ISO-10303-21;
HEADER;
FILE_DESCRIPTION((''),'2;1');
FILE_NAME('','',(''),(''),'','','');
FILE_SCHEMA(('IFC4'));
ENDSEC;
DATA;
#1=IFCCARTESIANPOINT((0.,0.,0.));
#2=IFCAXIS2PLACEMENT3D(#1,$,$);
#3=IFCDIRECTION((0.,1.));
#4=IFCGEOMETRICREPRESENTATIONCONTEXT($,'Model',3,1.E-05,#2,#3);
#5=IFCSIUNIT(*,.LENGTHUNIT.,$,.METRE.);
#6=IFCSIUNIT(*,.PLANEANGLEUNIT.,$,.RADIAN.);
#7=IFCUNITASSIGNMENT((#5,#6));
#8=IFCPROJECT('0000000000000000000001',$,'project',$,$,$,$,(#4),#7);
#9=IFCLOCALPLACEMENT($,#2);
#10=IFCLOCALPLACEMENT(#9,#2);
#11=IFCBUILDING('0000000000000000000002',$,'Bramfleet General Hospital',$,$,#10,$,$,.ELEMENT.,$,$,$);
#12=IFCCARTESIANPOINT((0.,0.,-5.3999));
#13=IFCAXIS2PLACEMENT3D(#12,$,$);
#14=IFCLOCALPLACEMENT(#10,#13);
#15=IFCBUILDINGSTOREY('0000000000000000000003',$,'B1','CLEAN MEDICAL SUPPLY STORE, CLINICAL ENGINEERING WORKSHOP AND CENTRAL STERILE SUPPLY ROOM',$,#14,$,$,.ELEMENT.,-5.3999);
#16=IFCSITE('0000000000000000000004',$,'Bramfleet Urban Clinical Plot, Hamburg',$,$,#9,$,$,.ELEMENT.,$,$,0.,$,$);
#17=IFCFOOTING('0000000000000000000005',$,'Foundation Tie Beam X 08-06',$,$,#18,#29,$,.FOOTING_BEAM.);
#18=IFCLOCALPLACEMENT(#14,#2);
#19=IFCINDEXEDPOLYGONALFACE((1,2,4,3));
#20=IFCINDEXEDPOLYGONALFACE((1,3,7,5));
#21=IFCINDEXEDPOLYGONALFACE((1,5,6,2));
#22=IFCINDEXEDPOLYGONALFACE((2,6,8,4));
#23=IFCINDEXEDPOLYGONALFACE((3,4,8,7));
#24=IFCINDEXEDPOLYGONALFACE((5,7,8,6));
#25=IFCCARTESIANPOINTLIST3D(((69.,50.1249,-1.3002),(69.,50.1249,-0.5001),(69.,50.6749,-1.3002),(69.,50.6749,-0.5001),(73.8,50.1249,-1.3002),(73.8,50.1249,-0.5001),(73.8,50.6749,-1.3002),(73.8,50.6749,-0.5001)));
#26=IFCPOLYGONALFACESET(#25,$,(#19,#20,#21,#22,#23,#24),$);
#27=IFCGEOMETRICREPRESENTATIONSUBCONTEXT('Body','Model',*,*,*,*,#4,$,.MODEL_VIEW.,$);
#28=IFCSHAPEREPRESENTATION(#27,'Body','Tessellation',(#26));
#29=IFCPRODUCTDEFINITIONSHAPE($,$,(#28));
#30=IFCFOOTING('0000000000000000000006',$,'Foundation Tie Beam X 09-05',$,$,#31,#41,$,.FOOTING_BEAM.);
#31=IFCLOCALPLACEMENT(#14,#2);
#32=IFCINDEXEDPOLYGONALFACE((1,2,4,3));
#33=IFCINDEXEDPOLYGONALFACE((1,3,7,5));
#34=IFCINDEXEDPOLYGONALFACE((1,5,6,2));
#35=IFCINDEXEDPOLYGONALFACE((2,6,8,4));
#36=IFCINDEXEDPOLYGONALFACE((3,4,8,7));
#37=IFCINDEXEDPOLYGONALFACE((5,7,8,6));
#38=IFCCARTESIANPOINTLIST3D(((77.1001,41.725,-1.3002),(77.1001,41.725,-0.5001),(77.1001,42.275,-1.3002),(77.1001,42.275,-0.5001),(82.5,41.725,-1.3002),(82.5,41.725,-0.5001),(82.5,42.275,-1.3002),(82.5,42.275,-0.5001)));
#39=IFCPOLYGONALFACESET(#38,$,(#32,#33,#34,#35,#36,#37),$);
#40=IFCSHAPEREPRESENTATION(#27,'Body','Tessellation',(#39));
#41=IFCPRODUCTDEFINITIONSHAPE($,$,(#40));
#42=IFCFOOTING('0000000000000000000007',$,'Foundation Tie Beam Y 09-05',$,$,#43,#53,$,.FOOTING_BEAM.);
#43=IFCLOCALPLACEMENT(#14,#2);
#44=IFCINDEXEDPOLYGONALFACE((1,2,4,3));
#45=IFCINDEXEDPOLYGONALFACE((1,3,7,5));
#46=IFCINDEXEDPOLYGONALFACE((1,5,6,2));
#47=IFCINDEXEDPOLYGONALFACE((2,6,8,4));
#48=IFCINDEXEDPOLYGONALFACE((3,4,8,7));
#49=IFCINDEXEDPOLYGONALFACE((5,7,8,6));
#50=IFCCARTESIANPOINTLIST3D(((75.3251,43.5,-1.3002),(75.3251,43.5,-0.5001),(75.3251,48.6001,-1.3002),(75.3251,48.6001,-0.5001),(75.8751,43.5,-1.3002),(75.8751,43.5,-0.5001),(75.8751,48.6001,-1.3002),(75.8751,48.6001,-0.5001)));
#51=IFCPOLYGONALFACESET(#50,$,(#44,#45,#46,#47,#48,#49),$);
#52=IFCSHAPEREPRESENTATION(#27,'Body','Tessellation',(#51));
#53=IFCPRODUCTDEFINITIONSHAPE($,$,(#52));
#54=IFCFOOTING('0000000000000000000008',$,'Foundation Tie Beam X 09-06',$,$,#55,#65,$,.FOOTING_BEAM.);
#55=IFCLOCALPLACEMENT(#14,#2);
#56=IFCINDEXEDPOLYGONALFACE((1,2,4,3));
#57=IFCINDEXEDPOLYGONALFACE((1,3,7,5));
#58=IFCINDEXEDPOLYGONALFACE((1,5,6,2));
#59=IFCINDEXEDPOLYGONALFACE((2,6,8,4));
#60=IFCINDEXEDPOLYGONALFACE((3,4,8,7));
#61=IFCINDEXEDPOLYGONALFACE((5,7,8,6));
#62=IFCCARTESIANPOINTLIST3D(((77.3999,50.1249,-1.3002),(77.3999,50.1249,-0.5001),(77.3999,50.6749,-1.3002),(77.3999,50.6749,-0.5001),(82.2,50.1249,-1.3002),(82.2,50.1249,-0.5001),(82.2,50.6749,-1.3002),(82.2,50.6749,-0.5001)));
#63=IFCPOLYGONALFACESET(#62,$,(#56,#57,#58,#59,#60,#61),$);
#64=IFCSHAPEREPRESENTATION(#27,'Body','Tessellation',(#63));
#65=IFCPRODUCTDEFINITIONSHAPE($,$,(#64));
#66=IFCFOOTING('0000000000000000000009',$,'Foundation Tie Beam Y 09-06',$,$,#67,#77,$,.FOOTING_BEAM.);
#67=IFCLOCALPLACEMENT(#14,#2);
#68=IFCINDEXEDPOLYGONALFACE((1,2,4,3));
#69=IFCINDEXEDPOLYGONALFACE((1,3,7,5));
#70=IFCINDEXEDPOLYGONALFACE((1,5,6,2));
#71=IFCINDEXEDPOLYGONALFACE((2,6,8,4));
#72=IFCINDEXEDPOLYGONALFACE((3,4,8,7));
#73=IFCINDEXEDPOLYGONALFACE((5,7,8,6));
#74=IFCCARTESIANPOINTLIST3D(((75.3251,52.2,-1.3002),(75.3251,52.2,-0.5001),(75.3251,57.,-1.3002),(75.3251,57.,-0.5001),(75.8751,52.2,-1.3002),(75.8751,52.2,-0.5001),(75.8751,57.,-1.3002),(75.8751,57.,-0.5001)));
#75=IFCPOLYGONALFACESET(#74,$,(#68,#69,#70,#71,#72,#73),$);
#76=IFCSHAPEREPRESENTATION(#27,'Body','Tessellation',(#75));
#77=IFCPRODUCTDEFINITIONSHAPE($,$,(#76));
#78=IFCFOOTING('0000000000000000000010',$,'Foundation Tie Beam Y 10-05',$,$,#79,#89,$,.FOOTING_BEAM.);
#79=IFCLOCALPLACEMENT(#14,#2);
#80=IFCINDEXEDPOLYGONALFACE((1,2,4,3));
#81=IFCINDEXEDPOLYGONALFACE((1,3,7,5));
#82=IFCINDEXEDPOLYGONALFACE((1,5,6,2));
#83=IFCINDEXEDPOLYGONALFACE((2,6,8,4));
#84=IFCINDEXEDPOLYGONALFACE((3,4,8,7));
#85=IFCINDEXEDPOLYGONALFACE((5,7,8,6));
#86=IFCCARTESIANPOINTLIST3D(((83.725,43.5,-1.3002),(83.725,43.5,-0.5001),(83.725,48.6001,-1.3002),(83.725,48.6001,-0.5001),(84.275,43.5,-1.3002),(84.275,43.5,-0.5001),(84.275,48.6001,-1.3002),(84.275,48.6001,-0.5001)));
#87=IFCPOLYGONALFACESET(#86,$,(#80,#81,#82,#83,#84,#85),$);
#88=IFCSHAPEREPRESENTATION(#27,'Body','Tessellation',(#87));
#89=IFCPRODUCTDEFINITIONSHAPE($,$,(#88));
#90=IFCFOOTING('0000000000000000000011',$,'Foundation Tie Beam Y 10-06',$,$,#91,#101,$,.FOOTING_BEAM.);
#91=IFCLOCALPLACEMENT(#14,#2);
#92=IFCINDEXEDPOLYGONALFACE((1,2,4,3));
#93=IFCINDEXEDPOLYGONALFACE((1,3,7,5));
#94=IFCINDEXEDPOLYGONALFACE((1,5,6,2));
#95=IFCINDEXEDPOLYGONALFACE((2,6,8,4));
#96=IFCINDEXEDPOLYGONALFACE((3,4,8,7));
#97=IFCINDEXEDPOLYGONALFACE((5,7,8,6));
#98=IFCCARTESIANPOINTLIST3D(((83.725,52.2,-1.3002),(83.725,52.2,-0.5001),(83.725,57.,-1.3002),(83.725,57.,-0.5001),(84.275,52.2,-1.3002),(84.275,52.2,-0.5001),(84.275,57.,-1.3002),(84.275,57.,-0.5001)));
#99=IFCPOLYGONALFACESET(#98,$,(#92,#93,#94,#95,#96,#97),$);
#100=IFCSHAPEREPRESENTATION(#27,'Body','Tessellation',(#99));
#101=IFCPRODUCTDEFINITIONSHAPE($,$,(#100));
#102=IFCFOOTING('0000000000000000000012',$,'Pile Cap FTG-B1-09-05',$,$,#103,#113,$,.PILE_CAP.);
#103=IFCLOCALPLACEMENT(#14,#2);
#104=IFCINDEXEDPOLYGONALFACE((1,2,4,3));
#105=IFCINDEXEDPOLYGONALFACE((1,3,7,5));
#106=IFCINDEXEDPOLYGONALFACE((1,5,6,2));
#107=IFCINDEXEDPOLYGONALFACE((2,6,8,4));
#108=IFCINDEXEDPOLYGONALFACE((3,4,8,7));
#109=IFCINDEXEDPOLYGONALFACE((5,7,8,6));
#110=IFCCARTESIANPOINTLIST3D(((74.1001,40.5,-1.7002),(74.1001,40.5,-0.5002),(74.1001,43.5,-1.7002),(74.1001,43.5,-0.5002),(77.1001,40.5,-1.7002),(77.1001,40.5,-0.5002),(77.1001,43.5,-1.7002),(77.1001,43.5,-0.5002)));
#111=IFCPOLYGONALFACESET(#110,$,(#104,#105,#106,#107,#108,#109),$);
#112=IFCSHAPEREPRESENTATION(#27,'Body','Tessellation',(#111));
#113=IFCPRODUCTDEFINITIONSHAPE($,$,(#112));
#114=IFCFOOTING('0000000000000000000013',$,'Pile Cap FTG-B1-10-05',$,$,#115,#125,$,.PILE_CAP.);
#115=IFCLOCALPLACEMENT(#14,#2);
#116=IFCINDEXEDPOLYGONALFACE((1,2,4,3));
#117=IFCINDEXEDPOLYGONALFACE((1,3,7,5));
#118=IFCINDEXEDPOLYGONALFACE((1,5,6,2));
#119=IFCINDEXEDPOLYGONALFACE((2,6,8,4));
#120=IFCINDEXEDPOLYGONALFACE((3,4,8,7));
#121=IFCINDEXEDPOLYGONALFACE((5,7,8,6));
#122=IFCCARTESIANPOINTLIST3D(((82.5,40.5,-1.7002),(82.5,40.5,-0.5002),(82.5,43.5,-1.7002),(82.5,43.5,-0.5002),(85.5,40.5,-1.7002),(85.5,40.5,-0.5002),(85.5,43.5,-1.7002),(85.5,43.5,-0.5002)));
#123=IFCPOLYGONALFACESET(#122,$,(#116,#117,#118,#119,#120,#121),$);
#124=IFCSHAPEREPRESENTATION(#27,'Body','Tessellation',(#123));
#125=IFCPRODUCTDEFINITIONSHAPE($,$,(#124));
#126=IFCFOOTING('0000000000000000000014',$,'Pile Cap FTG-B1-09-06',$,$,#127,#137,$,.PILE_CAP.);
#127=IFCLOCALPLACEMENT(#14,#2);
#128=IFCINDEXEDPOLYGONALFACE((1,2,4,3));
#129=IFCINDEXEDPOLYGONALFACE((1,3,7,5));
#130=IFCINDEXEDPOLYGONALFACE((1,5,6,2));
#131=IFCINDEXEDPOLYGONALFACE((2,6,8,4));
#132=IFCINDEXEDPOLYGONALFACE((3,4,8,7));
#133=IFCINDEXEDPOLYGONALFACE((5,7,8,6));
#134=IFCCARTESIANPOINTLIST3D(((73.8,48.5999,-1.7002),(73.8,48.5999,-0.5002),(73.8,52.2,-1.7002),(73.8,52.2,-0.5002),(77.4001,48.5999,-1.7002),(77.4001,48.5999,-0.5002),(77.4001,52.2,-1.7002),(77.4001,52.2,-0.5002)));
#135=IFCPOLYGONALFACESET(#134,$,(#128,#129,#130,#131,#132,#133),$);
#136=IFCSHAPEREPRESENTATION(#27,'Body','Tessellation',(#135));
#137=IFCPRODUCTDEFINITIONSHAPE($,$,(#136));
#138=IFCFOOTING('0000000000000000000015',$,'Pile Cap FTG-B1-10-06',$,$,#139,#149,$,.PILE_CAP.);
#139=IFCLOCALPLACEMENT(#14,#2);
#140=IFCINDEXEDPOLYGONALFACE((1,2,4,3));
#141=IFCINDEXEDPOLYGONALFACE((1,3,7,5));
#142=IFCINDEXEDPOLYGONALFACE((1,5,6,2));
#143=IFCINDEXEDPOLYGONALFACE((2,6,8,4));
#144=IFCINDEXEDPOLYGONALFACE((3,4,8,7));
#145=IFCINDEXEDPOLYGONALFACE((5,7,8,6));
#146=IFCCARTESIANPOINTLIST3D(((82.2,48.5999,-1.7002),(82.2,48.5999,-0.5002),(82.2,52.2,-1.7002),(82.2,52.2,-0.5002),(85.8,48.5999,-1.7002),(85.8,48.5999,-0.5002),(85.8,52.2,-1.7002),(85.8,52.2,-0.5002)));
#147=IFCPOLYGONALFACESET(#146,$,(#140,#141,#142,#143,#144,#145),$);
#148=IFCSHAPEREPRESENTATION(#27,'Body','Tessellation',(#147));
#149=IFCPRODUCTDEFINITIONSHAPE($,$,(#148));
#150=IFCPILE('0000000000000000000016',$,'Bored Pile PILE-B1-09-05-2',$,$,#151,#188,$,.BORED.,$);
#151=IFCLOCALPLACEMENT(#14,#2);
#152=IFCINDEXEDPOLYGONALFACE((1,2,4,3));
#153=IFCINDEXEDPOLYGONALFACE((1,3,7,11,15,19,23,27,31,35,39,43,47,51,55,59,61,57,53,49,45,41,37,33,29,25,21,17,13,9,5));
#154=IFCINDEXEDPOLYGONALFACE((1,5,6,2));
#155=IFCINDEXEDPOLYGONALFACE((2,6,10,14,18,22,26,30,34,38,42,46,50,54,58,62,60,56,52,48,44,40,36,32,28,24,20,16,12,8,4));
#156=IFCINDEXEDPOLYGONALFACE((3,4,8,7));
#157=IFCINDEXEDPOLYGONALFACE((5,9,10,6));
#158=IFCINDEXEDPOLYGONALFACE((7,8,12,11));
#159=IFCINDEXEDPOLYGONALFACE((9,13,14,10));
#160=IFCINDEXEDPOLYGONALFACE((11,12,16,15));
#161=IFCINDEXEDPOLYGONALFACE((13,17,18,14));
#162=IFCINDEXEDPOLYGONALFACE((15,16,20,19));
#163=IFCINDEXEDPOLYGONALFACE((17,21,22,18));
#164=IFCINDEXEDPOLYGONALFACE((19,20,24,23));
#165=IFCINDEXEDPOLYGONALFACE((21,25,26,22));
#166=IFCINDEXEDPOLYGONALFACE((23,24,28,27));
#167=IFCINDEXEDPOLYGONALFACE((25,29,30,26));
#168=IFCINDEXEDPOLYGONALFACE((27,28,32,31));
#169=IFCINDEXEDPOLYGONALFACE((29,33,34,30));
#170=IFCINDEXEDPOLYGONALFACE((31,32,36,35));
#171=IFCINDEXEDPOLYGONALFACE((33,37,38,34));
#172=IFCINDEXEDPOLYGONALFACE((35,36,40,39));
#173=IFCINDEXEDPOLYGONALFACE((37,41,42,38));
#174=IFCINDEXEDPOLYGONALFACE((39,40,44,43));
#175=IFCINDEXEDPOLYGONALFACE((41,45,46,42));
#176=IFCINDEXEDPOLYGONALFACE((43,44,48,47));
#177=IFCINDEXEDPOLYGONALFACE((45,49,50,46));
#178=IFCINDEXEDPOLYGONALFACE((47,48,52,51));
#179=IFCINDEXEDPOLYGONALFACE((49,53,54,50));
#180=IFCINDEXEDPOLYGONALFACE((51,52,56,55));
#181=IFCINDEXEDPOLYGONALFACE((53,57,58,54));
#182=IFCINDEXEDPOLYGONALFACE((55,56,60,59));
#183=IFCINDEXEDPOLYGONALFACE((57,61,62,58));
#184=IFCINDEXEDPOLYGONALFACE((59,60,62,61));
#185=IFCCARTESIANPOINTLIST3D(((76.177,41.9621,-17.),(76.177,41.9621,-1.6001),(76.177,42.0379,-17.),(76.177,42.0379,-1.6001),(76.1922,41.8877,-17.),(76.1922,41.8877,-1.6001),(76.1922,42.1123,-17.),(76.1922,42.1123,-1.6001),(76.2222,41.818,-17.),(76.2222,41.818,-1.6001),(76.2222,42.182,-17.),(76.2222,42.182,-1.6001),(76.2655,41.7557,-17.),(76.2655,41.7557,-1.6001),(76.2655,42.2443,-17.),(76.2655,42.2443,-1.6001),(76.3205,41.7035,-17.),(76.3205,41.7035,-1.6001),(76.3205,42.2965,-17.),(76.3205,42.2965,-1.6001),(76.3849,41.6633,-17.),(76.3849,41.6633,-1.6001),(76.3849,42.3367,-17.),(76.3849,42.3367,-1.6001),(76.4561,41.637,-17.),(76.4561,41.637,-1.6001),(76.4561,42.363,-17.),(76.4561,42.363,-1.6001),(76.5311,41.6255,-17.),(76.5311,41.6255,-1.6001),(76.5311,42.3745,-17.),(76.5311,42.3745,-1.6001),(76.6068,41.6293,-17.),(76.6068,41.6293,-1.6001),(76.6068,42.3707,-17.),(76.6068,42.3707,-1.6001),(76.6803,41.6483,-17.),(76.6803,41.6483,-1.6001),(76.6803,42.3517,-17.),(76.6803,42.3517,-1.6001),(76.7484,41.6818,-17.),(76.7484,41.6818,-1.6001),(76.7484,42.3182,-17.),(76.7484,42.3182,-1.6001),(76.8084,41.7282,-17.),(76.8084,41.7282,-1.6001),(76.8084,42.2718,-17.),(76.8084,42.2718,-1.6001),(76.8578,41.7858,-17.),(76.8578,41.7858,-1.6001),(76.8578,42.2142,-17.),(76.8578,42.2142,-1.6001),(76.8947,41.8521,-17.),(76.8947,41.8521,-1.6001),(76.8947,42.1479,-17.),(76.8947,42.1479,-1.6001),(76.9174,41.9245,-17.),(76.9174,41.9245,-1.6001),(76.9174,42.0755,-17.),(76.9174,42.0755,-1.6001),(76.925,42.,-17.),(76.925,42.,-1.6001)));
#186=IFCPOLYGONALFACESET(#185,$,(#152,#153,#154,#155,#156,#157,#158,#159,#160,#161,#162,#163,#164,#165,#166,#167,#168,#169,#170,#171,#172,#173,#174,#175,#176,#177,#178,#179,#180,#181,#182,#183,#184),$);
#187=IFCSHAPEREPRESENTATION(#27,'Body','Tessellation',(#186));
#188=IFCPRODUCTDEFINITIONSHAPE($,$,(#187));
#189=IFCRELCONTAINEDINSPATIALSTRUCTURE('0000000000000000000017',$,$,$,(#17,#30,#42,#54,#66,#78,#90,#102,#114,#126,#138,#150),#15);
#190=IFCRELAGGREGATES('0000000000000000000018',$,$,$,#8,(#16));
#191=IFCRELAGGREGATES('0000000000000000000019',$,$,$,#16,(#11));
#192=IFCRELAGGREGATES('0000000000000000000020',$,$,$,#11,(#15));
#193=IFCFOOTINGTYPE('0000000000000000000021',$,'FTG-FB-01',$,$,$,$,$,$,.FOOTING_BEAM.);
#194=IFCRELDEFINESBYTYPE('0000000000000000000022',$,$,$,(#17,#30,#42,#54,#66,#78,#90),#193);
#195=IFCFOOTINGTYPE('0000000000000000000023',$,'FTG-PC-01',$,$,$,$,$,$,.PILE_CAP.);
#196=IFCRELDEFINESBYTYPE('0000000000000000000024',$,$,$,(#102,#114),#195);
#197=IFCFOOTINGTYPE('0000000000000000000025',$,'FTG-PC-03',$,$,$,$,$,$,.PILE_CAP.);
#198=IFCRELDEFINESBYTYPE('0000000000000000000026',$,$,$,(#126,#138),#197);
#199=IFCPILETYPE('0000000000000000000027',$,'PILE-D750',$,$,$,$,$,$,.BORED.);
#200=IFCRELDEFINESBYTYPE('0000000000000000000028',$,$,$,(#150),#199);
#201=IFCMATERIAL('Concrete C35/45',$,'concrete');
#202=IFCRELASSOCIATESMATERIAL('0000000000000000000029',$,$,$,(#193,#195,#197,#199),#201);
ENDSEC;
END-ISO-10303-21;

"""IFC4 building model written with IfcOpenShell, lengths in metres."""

from ifc_helpers import new_model, si_unit, direction, frame, origin, origin_2d, place, context, subcontext, project, spatial, rectangle, circle, extrude, material, material_profile, profile_set, type_object, element, save


model = new_model("IFC4")

# Units and contexts
model_context = context("Model", 3, precision=1e-05, world=origin(), true_north=direction((0.0, 1.0)))
body_context = subcontext(model_context, "Body", "Model", "MODEL_VIEW")
ifc_project = project(units=[si_unit("LENGTHUNIT", "METRE"), si_unit("PLANEANGLEUNIT", "RADIAN")], contexts=[model_context])

# Site, building, storey
site_placement = place(None, origin())
site = spatial("IfcSite", under=ifc_project, at=site_placement, Name="Bramfleet Urban Clinical Plot, Hamburg", CompositionType="ELEMENT", RefElevation=0.0)
building_placement = place(site_placement, origin())
building = spatial("IfcBuilding", under=site, at=building_placement, Name="Bramfleet General Hospital", CompositionType="ELEMENT")
storey_placement = place(building_placement, frame((0.0, 0.0, -5.3999)))
storey = spatial("IfcBuildingStorey", under=building, at=storey_placement, Name="B1", Description="CLEAN MEDICAL SUPPLY STORE, CLINICAL ENGINEERING WORKSHOP AND CENTRAL STERILE SUPPLY ROOM", CompositionType="ELEMENT", Elevation=-5.3999)

# Footings
ifc_material_1 = material(Name="Concrete C35/45", Category="concrete")
ifc_material_profile_1 = material_profile(ifc_material_1, rectangle(XDim=0.55, YDim=0.8, at=origin_2d()), Name="RC FB 800x550")
ifc_profile_set_1 = profile_set([ifc_material_profile_1], Name="Concrete C35/45")
footing_type_1 = type_object("IfcFootingType", Name="FTG-FB-01", PredefinedType="FOOTING_BEAM", material=ifc_profile_set_1)
footing_1_placement = place(storey_placement, frame((69.0, 50.3999, -0.9001), z_axis=(1.0, 0.0, 0.0), x_axis=(0.0, 1.0, 0.0)))
element("IfcFooting", 1, at=footing_1_placement, inside=storey, type_object=footing_type_1, Name="Foundation Tie Beam X 08-06", PredefinedType="FOOTING_BEAM", context=body_context, shape_type="SweptSolid", body=[
    extrude(rectangle(XDim=0.55, YDim=0.8, at=origin_2d()), origin(), (0.0, 0.0, 1.0), 4.8),
])
footing_2_placement = place(storey_placement, frame((77.1001, 42.0, -0.9001), z_axis=(1.0, 0.0, 0.0), x_axis=(0.0, 1.0, 0.0)))
element("IfcFooting", 2, at=footing_2_placement, inside=storey, type_object=footing_type_1, Name="Foundation Tie Beam X 09-05", PredefinedType="FOOTING_BEAM", context=body_context, shape_type="SweptSolid", body=[
    extrude(rectangle(XDim=0.55, YDim=0.8, at=origin_2d()), origin(), (0.0, 0.0, 1.0), 5.3999),
])
footing_3_placement = place(storey_placement, frame((75.6001, 43.5, -0.9001), z_axis=(0.0, 1.0, 0.0), x_axis=(-1.0, 0.0, 0.0)))
element("IfcFooting", 3, at=footing_3_placement, inside=storey, type_object=footing_type_1, Name="Foundation Tie Beam Y 09-05", PredefinedType="FOOTING_BEAM", context=body_context, shape_type="SweptSolid", body=[
    extrude(rectangle(XDim=0.55, YDim=0.8, at=origin_2d()), origin(), (0.0, 0.0, 1.0), 5.1001),
])
for number, where, z_axis, x_axis, name in (
    (4, (77.3999, 50.3999, -0.9001), (1.0, 0.0, 0.0), (0.0, 1.0, 0.0), "Foundation Tie Beam X 09-06"),
    (5, (75.6001, 52.2, -0.9001), (0.0, 1.0, 0.0), (-1.0, 0.0, 0.0), "Foundation Tie Beam Y 09-06"),
):
    element("IfcFooting", number, at=place(storey_placement, frame(where, z_axis=z_axis, x_axis=x_axis)), inside=storey, type_object=footing_type_1, Name=name, PredefinedType="FOOTING_BEAM", context=body_context, shape_type="SweptSolid", body=[
        extrude(rectangle(XDim=0.55, YDim=0.8, at=origin_2d()), origin(), (0.0, 0.0, 1.0), 4.8),
    ])
footing_4_placement = place(storey_placement, frame((84.0, 43.5, -0.9001), z_axis=(0.0, 1.0, 0.0), x_axis=(-1.0, 0.0, 0.0)))
element("IfcFooting", 6, at=footing_4_placement, inside=storey, type_object=footing_type_1, Name="Foundation Tie Beam Y 10-05", PredefinedType="FOOTING_BEAM", context=body_context, shape_type="SweptSolid", body=[
    extrude(rectangle(XDim=0.55, YDim=0.8, at=origin_2d()), origin(), (0.0, 0.0, 1.0), 5.1001),
])
footing_5_placement = place(storey_placement, frame((84.0, 52.2, -0.9001), z_axis=(0.0, 1.0, 0.0), x_axis=(-1.0, 0.0, 0.0)))
element("IfcFooting", 7, at=footing_5_placement, inside=storey, type_object=footing_type_1, Name="Foundation Tie Beam Y 10-06", PredefinedType="FOOTING_BEAM", context=body_context, shape_type="SweptSolid", body=[
    extrude(rectangle(XDim=0.55, YDim=0.8, at=origin_2d()), origin(), (0.0, 0.0, 1.0), 4.8),
])
footing_type_2 = type_object("IfcFootingType", Name="FTG-PC-01", PredefinedType="PILE_CAP", material=ifc_material_1)
for number, where, z_axis, x_axis, name in (
    (8, (75.6001, 42.0, -1.7002), (0.0, 0.0, 1.0), (1.0, 0.0, 0.0), "Pile Cap FTG-B1-09-05"),
    (9, (84.0, 42.0, -1.7002), (0.0, 0.0, 1.0), (1.0, 0.0, 0.0), "Pile Cap FTG-B1-10-05"),
):
    element("IfcFooting", number, at=place(storey_placement, frame(where, z_axis=z_axis, x_axis=x_axis)), inside=storey, type_object=footing_type_2, Name=name, PredefinedType="PILE_CAP", context=body_context, shape_type="SweptSolid", body=[
        extrude(rectangle(XDim=3.0, YDim=3.0, at=origin_2d()), origin(), (0.0, 0.0, 1.0), 1.2),
    ])
footing_type_3 = type_object("IfcFootingType", Name="FTG-PC-03", PredefinedType="PILE_CAP", material=ifc_material_1)
for number, where, z_axis, x_axis, name in (
    (10, (75.6001, 50.3999, -1.7002), (0.0, 0.0, 1.0), (1.0, 0.0, 0.0), "Pile Cap FTG-B1-09-06"),
    (11, (84.0, 50.3999, -1.7002), (0.0, 0.0, 1.0), (1.0, 0.0, 0.0), "Pile Cap FTG-B1-10-06"),
):
    element("IfcFooting", number, at=place(storey_placement, frame(where, z_axis=z_axis, x_axis=x_axis)), inside=storey, type_object=footing_type_3, Name=name, PredefinedType="PILE_CAP", context=body_context, shape_type="SweptSolid", body=[
        extrude(rectangle(XDim=3.6001, YDim=3.6001, at=origin_2d()), origin(), (0.0, 0.0, 1.0), 1.2),
    ])

# Pile
ifc_material_profile_2 = material_profile(ifc_material_1, circle(Radius=0.375, at=origin_2d()), Name="PILE BORED D750")
ifc_profile_set_2 = profile_set([ifc_material_profile_2], Name="Concrete C35/45")
pile_type_1 = type_object("IfcPileType", Name="PILE-D750", PredefinedType="BORED", material=ifc_profile_set_2)
for number, where, z_axis, x_axis, name in (
    (12, (76.55, 42.0, -1.6001), (0.0, 0.0, -1.0), (1.0, 0.0, 0.0), "Bored Pile PILE-B1-09-05-2"),
):
    element("IfcPile", number, at=place(storey_placement, frame(where, z_axis=z_axis, x_axis=x_axis)), inside=storey, type_object=pile_type_1, Name=name, PredefinedType="BORED", context=body_context, shape_type="SweptSolid", body=[
        extrude(circle(Radius=0.375, at=origin_2d()), origin(), (0.0, 0.0, 1.0), 15.3999),
    ])

save(model, "model.ifc")
